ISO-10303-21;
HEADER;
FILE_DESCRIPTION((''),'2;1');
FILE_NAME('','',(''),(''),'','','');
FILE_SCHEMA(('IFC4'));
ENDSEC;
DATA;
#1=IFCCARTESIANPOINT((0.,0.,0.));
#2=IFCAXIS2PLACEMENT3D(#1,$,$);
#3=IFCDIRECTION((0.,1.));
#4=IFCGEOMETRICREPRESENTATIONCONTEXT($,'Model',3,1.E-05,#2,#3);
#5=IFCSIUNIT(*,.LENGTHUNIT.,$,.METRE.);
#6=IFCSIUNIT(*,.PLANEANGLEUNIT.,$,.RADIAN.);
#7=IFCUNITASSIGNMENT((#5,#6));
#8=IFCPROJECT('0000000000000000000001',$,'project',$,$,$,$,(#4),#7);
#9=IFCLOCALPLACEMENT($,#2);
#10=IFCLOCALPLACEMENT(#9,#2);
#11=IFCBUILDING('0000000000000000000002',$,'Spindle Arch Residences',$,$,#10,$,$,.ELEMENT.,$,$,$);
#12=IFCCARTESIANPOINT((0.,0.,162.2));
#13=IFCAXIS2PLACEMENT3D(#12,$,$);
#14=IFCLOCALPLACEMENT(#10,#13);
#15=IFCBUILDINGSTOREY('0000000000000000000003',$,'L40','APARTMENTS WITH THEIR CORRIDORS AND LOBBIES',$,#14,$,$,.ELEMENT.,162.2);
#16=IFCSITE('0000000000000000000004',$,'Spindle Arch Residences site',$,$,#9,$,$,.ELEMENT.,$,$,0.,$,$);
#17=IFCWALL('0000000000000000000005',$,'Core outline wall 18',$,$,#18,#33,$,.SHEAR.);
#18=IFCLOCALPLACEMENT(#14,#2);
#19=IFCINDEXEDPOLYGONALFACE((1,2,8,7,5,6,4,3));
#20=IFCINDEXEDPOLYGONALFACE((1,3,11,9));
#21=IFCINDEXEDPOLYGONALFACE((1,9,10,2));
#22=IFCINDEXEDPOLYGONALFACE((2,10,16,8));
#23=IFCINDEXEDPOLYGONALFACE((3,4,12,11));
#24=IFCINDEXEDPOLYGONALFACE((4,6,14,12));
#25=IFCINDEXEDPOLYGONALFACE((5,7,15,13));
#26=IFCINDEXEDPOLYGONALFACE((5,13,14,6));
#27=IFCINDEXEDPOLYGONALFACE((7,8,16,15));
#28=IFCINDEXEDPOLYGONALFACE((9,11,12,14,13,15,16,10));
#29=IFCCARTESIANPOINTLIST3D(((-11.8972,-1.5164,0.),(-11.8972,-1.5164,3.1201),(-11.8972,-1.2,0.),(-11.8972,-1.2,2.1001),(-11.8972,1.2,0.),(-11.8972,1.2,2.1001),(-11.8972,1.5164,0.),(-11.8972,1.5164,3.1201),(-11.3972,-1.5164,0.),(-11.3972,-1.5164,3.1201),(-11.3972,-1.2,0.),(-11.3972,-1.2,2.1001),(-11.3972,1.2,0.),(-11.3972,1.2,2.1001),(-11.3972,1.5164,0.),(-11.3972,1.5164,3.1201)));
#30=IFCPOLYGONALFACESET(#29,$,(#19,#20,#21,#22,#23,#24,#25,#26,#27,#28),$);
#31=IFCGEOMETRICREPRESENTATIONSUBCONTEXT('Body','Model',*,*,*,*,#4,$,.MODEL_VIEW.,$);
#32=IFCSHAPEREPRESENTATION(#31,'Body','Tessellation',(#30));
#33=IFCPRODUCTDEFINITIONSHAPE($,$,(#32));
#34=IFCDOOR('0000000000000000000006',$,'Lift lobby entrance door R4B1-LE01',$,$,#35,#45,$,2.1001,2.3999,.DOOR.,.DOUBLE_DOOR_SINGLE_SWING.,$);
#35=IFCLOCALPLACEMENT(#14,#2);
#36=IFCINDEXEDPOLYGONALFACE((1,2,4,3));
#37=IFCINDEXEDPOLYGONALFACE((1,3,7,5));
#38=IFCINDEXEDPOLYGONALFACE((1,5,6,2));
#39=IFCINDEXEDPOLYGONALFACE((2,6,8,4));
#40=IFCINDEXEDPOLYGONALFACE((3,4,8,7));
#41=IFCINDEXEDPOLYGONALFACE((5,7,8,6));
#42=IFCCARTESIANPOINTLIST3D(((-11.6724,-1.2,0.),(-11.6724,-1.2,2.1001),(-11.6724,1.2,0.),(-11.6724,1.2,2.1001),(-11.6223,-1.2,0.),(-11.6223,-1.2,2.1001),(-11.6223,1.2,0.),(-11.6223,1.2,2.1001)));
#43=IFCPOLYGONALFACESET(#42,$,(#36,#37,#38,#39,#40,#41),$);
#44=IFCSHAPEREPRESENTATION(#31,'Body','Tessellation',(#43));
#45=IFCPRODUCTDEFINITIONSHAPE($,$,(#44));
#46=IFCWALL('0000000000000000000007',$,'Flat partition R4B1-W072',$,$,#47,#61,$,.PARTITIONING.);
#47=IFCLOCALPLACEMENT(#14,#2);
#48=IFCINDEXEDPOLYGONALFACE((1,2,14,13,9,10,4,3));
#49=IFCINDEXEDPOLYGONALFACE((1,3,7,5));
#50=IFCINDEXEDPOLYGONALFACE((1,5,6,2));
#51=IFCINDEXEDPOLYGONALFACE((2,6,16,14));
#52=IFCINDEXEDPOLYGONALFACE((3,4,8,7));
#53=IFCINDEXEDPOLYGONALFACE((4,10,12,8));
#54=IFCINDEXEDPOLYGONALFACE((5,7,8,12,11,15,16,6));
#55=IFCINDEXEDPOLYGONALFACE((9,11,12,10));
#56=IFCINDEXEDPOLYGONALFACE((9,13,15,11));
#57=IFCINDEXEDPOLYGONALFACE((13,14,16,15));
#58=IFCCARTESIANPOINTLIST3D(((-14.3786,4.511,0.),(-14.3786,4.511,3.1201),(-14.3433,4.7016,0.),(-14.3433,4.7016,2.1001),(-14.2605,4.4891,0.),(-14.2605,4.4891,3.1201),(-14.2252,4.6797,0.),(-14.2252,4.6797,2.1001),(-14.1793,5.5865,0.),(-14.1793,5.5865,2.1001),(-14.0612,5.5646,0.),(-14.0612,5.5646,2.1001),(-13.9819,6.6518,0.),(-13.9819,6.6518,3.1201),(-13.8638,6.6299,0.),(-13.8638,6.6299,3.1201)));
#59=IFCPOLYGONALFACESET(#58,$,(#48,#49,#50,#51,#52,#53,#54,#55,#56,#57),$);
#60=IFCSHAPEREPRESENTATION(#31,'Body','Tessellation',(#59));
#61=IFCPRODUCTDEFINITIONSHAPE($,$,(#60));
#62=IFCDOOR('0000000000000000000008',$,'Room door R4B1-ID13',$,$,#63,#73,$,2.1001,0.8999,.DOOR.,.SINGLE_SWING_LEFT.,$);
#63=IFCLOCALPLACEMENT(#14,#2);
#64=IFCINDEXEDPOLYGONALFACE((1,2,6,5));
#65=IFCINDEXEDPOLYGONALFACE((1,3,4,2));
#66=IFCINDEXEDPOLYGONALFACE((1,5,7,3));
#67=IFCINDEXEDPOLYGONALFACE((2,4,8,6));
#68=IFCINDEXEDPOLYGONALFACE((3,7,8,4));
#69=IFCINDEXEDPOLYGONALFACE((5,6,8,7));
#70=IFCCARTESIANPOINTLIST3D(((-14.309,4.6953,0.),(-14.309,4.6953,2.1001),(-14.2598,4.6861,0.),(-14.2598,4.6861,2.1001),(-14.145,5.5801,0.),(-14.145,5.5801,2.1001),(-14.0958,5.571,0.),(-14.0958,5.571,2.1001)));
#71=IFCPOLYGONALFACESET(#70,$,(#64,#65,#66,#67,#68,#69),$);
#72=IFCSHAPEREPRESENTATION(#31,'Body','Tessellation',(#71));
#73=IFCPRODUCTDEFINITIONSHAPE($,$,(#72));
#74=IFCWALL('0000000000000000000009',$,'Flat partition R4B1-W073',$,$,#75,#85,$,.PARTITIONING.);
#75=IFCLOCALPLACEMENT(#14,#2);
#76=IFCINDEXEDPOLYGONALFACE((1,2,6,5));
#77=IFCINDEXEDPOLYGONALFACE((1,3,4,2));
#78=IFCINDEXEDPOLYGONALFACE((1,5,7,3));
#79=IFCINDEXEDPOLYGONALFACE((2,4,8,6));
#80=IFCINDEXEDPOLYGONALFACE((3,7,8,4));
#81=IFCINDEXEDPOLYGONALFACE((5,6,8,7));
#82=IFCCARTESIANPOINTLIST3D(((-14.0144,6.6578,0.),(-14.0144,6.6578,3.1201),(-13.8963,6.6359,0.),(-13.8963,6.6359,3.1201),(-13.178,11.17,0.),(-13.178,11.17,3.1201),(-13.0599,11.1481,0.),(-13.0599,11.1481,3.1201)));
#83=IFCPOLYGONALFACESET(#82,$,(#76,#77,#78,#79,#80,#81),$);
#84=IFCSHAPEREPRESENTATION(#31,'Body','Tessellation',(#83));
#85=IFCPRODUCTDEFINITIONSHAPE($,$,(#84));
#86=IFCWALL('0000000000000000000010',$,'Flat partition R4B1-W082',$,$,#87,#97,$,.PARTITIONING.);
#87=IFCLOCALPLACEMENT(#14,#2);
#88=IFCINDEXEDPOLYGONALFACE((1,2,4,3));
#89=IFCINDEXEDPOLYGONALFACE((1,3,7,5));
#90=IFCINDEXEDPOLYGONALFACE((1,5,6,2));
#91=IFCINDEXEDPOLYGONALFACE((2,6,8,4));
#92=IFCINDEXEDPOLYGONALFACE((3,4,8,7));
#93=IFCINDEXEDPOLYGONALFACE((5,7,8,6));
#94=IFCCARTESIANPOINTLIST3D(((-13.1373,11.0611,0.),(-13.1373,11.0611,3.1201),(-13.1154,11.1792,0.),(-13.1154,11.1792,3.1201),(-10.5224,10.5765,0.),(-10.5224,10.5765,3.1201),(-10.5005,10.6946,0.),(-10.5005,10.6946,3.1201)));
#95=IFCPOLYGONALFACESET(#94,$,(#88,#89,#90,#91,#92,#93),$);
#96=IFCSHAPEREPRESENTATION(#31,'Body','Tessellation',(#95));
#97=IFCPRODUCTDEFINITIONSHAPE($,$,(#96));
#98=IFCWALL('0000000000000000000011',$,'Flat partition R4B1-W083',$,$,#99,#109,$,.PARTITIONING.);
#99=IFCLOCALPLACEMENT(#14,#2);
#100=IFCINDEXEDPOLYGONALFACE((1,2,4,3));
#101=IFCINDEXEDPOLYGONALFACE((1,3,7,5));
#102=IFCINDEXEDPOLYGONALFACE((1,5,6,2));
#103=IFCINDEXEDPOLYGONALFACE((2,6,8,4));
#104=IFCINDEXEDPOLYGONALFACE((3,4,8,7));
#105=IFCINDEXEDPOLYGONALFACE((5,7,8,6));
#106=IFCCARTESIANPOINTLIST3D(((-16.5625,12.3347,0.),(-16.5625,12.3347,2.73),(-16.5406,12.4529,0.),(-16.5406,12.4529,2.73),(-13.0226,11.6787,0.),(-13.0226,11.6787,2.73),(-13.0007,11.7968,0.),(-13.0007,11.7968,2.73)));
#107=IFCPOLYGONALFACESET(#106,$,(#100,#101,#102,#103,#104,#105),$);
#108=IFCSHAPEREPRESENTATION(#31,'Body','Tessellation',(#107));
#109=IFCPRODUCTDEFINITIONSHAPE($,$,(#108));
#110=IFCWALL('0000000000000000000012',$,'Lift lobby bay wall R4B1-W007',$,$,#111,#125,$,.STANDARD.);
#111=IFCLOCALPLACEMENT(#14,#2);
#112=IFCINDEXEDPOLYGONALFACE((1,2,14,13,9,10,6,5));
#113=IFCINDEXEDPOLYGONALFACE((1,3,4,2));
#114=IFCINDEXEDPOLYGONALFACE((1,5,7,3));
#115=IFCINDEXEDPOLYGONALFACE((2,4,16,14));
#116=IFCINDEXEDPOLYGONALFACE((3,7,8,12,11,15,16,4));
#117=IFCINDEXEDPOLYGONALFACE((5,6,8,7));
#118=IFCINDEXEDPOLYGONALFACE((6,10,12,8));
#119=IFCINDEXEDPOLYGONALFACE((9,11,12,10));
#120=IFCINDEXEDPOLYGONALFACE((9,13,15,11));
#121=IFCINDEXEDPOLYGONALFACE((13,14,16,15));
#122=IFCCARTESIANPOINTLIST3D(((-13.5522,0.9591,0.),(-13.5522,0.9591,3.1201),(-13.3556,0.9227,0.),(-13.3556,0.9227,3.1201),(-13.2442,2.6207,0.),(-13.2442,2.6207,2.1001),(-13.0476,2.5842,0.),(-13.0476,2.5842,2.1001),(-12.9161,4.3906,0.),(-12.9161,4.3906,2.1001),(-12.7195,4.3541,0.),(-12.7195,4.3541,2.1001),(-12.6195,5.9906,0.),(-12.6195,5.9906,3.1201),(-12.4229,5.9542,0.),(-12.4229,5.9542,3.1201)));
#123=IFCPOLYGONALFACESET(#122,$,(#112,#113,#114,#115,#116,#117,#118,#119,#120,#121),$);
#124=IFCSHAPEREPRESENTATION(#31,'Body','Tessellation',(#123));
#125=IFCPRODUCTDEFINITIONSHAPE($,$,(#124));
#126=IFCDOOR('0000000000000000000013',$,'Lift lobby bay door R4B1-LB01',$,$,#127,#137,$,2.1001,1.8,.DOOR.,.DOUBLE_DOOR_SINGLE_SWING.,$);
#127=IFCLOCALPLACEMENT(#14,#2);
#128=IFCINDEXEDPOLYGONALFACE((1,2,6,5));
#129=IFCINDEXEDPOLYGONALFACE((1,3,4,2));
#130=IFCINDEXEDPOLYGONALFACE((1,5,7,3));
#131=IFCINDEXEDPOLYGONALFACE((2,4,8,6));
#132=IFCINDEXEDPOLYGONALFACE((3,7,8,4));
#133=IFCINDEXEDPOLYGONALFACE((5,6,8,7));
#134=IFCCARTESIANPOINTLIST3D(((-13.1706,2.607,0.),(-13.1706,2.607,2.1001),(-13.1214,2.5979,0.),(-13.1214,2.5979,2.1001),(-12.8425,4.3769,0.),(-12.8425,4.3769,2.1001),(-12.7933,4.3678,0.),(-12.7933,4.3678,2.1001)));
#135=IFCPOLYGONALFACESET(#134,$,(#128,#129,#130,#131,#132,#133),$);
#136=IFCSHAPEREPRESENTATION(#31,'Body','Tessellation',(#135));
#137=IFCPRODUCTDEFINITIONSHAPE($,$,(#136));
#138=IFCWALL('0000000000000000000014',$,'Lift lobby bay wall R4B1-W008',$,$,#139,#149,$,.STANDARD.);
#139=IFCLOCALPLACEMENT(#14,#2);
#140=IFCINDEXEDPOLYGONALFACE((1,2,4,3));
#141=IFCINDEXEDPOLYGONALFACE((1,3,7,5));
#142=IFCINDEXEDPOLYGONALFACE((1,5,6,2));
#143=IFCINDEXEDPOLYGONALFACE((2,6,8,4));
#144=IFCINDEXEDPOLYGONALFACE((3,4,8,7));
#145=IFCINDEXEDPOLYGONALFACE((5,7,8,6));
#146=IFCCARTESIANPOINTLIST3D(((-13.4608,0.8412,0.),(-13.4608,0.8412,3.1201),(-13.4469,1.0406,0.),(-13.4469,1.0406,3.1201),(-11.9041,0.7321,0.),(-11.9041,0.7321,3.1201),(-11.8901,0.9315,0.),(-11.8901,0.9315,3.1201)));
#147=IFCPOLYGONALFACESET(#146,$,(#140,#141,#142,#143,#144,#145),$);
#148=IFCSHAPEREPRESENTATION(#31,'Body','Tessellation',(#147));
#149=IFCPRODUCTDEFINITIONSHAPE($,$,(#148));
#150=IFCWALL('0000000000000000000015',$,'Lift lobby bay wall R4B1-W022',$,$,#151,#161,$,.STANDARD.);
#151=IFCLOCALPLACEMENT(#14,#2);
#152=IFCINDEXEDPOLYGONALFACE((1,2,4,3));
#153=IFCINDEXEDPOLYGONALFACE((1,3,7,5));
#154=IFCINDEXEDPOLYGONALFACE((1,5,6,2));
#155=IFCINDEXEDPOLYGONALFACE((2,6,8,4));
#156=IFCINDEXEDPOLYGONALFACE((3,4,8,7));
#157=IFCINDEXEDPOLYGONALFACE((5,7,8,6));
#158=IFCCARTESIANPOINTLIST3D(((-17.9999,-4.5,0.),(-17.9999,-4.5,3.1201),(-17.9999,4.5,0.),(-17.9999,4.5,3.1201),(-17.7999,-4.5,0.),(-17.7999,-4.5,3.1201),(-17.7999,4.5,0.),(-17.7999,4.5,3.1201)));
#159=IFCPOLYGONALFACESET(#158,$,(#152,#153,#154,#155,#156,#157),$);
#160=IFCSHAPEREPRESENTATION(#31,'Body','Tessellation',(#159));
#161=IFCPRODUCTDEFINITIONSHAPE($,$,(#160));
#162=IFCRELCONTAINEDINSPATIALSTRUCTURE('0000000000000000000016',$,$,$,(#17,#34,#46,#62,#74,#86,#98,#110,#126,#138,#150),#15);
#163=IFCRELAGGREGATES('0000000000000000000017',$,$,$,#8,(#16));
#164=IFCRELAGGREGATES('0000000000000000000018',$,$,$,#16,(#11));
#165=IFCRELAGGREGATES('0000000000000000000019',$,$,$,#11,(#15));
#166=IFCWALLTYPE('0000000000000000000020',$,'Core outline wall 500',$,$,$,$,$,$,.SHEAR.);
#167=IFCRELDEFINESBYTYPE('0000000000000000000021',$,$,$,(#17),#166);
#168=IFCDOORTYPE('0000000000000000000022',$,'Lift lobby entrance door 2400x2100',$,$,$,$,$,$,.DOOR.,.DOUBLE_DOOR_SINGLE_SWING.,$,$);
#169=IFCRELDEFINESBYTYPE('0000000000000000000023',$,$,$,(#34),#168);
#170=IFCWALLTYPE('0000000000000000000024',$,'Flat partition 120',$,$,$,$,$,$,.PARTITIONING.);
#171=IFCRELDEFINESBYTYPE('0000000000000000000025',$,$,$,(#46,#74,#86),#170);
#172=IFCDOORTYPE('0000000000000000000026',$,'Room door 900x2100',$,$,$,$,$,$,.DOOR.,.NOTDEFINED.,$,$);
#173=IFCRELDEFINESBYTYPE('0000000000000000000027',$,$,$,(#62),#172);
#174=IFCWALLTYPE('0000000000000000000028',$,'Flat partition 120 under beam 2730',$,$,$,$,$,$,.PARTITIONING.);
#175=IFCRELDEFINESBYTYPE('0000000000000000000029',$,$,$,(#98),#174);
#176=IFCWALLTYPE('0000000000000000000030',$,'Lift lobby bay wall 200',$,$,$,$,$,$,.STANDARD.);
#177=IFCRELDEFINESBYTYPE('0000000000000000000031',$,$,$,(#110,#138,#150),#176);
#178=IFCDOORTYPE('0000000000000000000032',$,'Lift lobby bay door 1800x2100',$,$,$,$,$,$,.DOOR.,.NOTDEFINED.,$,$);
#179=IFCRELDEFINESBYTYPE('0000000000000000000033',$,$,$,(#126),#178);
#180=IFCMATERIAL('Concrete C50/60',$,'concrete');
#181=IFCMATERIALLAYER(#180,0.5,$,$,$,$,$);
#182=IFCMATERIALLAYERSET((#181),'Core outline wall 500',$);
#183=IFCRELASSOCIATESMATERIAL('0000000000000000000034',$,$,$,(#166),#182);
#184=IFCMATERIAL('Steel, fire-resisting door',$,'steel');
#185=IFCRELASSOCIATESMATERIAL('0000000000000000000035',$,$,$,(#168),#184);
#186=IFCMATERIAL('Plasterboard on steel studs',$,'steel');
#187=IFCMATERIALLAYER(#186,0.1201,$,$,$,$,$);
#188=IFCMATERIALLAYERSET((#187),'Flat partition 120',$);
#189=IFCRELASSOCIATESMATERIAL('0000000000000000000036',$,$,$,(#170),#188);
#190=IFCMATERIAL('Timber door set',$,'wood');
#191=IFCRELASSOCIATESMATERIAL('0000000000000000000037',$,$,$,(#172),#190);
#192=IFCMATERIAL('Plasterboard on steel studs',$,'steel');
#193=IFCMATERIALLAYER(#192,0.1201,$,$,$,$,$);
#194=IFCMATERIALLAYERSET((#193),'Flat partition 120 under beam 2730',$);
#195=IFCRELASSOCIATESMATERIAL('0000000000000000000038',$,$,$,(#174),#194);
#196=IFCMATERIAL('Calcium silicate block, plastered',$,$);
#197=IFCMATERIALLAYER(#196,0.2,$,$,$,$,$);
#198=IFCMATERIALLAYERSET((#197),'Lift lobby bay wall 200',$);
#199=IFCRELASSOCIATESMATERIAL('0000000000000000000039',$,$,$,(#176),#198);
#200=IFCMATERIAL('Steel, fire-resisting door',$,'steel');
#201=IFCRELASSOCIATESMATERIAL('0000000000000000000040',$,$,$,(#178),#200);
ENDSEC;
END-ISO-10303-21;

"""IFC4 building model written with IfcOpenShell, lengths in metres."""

from ifc_helpers import new_model, si_unit, direction, frame, frame_2d, origin, place, context, subcontext, project, spatial, rectangle, extrude, material, layer, layer_set, type_object, element, fill, save


model = new_model("IFC4")

# Units and contexts
model_context = context("Model", 3, precision=1e-05, world=origin(), true_north=direction((0.0, 1.0)))
body_context = subcontext(model_context, "Body", "Model", "MODEL_VIEW")
ifc_project = project(units=[si_unit("LENGTHUNIT", "METRE"), si_unit("PLANEANGLEUNIT", "RADIAN")], contexts=[model_context])

# Site, building, storey
site_placement = place(None, origin())
site = spatial("IfcSite", under=ifc_project, at=site_placement, Name="Spindle Arch Residences site", CompositionType="ELEMENT", RefElevation=0.0)
building_placement = place(site_placement, origin())
building = spatial("IfcBuilding", under=site, at=building_placement, Name="Spindle Arch Residences", CompositionType="ELEMENT")
storey_placement = place(building_placement, frame((0.0, 0.0, 162.2)))
storey = spatial("IfcBuildingStorey", under=building, at=storey_placement, Name="L40", Description="APARTMENTS WITH THEIR CORRIDORS AND LOBBIES", CompositionType="ELEMENT", Elevation=162.2)

# Walls, openings, doors
ifc_material_1 = material(Name="Concrete C50/60", Category="concrete")
ifc_layer_1 = layer(ifc_material_1, 0.5)
ifc_layer_set_1 = layer_set([ifc_layer_1], Name="Core outline wall 500")
wall_type_1 = type_object("IfcWallType", Name="Core outline wall 500", PredefinedType="SHEAR", material=ifc_layer_set_1)
wall_1_placement = place(storey_placement, frame((-11.6472, 1.5164, 0.0), z_axis=(0.0, 0.0, 1.0), x_axis=(0.0, -1.0, 0.0)))
wall_1 = element("IfcWall", 1, at=wall_1_placement, inside=storey, type_object=wall_type_1, Name="Core outline wall 18", PredefinedType="SHEAR", context=body_context, shape_type="SweptSolid", body=[
    extrude(rectangle(XDim=3.0327, YDim=0.5, at=frame_2d((1.5164, 0.0))), origin(), (0.0, 0.0, 1.0), 3.1201),
])
opening_1_placement = place(wall_1_placement, frame((0.3164, 0.0, 0.0)))
opening_1 = element("IfcOpeningElement", 2, at=opening_1_placement, cuts=wall_1, PredefinedType="OPENING", context=body_context, shape_type="SweptSolid", body=[
    extrude(rectangle(XDim=2.3999, YDim=2.1001, at=frame_2d((1.2, 1.05))), frame((0.0, 0.26, 0.0), z_axis=(0.0, -1.0, 0.0), x_axis=(1.0, 0.0, 0.0)), (0.0, 0.0, 1.0), 0.52),
])
ifc_material_2 = material(Name="Steel, fire-resisting door", Category="steel")
door_type_1 = type_object("IfcDoorType", Name="Lift lobby entrance door 2400x2100", OperationType="DOUBLE_DOOR_SINGLE_SWING", PredefinedType="DOOR", material=ifc_material_2)
door_1_placement = place(opening_1_placement, origin())
door_1 = element("IfcDoor", 3, at=door_1_placement, inside=storey, type_object=door_type_1, Name="Lift lobby entrance door R4B1-LE01", OperationType="DOUBLE_DOOR_SINGLE_SWING", OverallHeight=2.1001, OverallWidth=2.3999, PredefinedType="DOOR", context=body_context, shape_type="SweptSolid", body=[
    extrude(rectangle(XDim=2.3999, YDim=2.1001, at=frame_2d((1.2, 1.05))), frame((0.0, 0.0249, 0.0), z_axis=(0.0, -1.0, 0.0), x_axis=(1.0, 0.0, 0.0)), (0.0, 0.0, 1.0), 0.05),
])
fill(opening_1, door_1)
ifc_material_3 = material(Name="Plasterboard on steel studs", Category="steel")
ifc_layer_2 = layer(ifc_material_3, 0.1201)
ifc_layer_set_2 = layer_set([ifc_layer_2], Name="Flat partition 120")
wall_type_2 = type_object("IfcWallType", Name="Flat partition 120", PredefinedType="PARTITIONING", material=ifc_layer_set_2)
wall_2_placement = place(storey_placement, frame((-13.9229, 6.6409, 0.0), z_axis=(0.0, 0.0, 1.0), x_axis=(-0.18221, -0.98326, 0.0)))
wall_2 = element("IfcWall", 4, at=wall_2_placement, inside=storey, type_object=wall_type_2, Name="Flat partition R4B1-W072", PredefinedType="PARTITIONING", context=body_context, shape_type="SweptSolid", body=[
    extrude(rectangle(XDim=2.1772, YDim=0.1201, at=frame_2d((1.0886, 0.0))), origin(), (0.0, 0.0, 1.0), 3.1201),
])
opening_2_placement = place(wall_2_placement, frame((1.0835, 0.0, 0.0)))
opening_2 = element("IfcOpeningElement", 5, at=opening_2_placement, cuts=wall_2, PredefinedType="OPENING", context=body_context, shape_type="SweptSolid", body=[
    extrude(rectangle(XDim=0.8999, YDim=2.1001, at=frame_2d((0.45, 1.05))), frame((0.0, 0.0701, 0.0), z_axis=(0.0, -1.0, 0.0), x_axis=(1.0, 0.0, 0.0)), (0.0, 0.0, 1.0), 0.1401),
])
ifc_material_4 = material(Name="Timber door set", Category="wood")
door_type_2 = type_object("IfcDoorType", Name="Room door 900x2100", OperationType="NOTDEFINED", PredefinedType="DOOR", material=ifc_material_4)
door_2_placement = place(opening_2_placement, origin())
door_2 = element("IfcDoor", 6, at=door_2_placement, inside=storey, type_object=door_type_2, Name="Room door R4B1-ID13", OperationType="SINGLE_SWING_LEFT", OverallHeight=2.1001, OverallWidth=0.8999, PredefinedType="DOOR", context=body_context, shape_type="SweptSolid", body=[
    extrude(rectangle(XDim=0.8999, YDim=2.1001, at=frame_2d((0.45, 1.05))), frame((0.0, 0.0249, 0.0), z_axis=(0.0, -1.0, 0.0), x_axis=(1.0, 0.0, 0.0)), (0.0, 0.0, 1.0), 0.05),
])
fill(opening_2, door_2)

# Walls
wall_3_placement = place(storey_placement, frame((-13.9553, 6.647, 0.0), z_axis=(0.0, 0.0, 1.0), x_axis=(0.182265, 0.98325, 0.0)))
element("IfcWall", 7, at=wall_3_placement, inside=storey, type_object=wall_type_2, Name="Flat partition R4B1-W073", PredefinedType="PARTITIONING", context=body_context, shape_type="SweptSolid", body=[
    extrude(rectangle(XDim=4.5891, YDim=0.1201, at=frame_2d((2.2944, 0.0))), origin(), (0.0, 0.0, 1.0), 3.1201),
])
wall_4_placement = place(storey_placement, frame((-13.1262, 11.1201, 0.0), z_axis=(0.0, 0.0, 1.0), x_axis=(0.983258, -0.182221, 0.0)))
element("IfcWall", 8, at=wall_4_placement, inside=storey, type_object=wall_type_2, Name="Flat partition R4B1-W082", PredefinedType="PARTITIONING", context=body_context, shape_type="SweptSolid", body=[
    extrude(rectangle(XDim=2.6594, YDim=0.1201, at=frame_2d((1.3296, 0.0))), origin(), (0.0, 0.0, 1.0), 3.1201),
])
ifc_material_5 = material(Name="Plasterboard on steel studs", Category="steel")
ifc_layer_3 = layer(ifc_material_5, 0.1201)
ifc_layer_set_3 = layer_set([ifc_layer_3], Name="Flat partition 120 under beam 2730")
wall_type_3 = type_object("IfcWallType", Name="Flat partition 120 under beam 2730", PredefinedType="PARTITIONING", material=ifc_layer_set_3)
wall_5_placement = place(storey_placement, frame((-16.5515, 12.3938, 0.0), z_axis=(0.0, 0.0, 1.0), x_axis=(0.983258, -0.18222, 0.0)))
element("IfcWall", 9, at=wall_5_placement, inside=storey, type_object=wall_type_3, Name="Flat partition R4B1-W083", PredefinedType="PARTITIONING", context=body_context, shape_type="SweptSolid", body=[
    extrude(rectangle(XDim=3.6001, YDim=0.1201, at=frame_2d((1.8, 0.0))), origin(), (0.0, 0.0, 1.0), 2.73),
])

# Wall, opening, door
ifc_material_6 = material(Name="Calcium silicate block, plastered")
ifc_layer_4 = layer(ifc_material_6, 0.2)
ifc_layer_set_4 = layer_set([ifc_layer_4], Name="Lift lobby bay wall 200")
wall_type_4 = type_object("IfcWallType", Name="Lift lobby bay wall 200", PredefinedType="STANDARD", material=ifc_layer_set_4)
wall_6_placement = place(storey_placement, frame((-12.5212, 5.9724, 0.0), z_axis=(0.0, 0.0, 1.0), x_axis=(-0.182252, -0.983252, 0.0)))
wall_6 = element("IfcWall", 10, at=wall_6_placement, inside=storey, type_object=wall_type_4, Name="Lift lobby bay wall R4B1-W007", PredefinedType="STANDARD", context=body_context, shape_type="SweptSolid", body=[
    extrude(rectangle(XDim=5.1172, YDim=0.2, at=frame_2d((2.5586, 0.0))), origin(), (0.0, 0.0, 1.0), 3.1201),
])
opening_3_placement = place(wall_6_placement, frame((1.6274, 0.0, 0.0)))
opening_3 = element("IfcOpeningElement", 11, at=opening_3_placement, cuts=wall_6, PredefinedType="OPENING", context=body_context, shape_type="SweptSolid", body=[
    extrude(rectangle(XDim=1.8, YDim=2.1001, at=frame_2d((0.8999, 1.05))), frame((0.0, 0.1099, 0.0), z_axis=(0.0, -1.0, 0.0), x_axis=(1.0, 0.0, 0.0)), (0.0, 0.0, 1.0), 0.22),
])
ifc_material_7 = material(Name="Steel, fire-resisting door", Category="steel")
door_type_3 = type_object("IfcDoorType", Name="Lift lobby bay door 1800x2100", OperationType="NOTDEFINED", PredefinedType="DOOR", material=ifc_material_7)
door_3_placement = place(opening_3_placement, origin())
door_3 = element("IfcDoor", 12, at=door_3_placement, inside=storey, type_object=door_type_3, Name="Lift lobby bay door R4B1-LB01", OperationType="DOUBLE_DOOR_SINGLE_SWING", OverallHeight=2.1001, OverallWidth=1.8, PredefinedType="DOOR", context=body_context, shape_type="SweptSolid", body=[
    extrude(rectangle(XDim=1.8, YDim=2.1001, at=frame_2d((0.8999, 1.05))), frame((0.0, 0.0249, 0.0), z_axis=(0.0, -1.0, 0.0), x_axis=(1.0, 0.0, 0.0)), (0.0, 0.0, 1.0), 0.05),
])
fill(opening_3, door_3)

# Walls
wall_7_placement = place(storey_placement, frame((-13.4539, 0.9409, 0.0), z_axis=(0.0, 0.0, 1.0), x_axis=(0.997552, -0.069935, 0.0)))
element("IfcWall", 13, at=wall_7_placement, inside=storey, type_object=wall_type_4, Name="Lift lobby bay wall R4B1-W008", PredefinedType="STANDARD", context=body_context, shape_type="SweptSolid", body=[
    extrude(rectangle(XDim=1.5605, YDim=0.2, at=frame_2d((0.7803, 0.0))), origin(), (0.0, 0.0, 1.0), 3.1201),
])
wall_8_placement = place(storey_placement, frame((-17.8999, 4.5, 0.0), z_axis=(0.0, 0.0, 1.0), x_axis=(0.0, -1.0, 0.0)))
element("IfcWall", 14, at=wall_8_placement, inside=storey, type_object=wall_type_4, Name="Lift lobby bay wall R4B1-W022", PredefinedType="STANDARD", context=body_context, shape_type="SweptSolid", body=[
    extrude(rectangle(XDim=9.0, YDim=0.2, at=frame_2d((4.5, 0.0))), origin(), (0.0, 0.0, 1.0), 3.1201),
])

save(model, "model.ifc")
